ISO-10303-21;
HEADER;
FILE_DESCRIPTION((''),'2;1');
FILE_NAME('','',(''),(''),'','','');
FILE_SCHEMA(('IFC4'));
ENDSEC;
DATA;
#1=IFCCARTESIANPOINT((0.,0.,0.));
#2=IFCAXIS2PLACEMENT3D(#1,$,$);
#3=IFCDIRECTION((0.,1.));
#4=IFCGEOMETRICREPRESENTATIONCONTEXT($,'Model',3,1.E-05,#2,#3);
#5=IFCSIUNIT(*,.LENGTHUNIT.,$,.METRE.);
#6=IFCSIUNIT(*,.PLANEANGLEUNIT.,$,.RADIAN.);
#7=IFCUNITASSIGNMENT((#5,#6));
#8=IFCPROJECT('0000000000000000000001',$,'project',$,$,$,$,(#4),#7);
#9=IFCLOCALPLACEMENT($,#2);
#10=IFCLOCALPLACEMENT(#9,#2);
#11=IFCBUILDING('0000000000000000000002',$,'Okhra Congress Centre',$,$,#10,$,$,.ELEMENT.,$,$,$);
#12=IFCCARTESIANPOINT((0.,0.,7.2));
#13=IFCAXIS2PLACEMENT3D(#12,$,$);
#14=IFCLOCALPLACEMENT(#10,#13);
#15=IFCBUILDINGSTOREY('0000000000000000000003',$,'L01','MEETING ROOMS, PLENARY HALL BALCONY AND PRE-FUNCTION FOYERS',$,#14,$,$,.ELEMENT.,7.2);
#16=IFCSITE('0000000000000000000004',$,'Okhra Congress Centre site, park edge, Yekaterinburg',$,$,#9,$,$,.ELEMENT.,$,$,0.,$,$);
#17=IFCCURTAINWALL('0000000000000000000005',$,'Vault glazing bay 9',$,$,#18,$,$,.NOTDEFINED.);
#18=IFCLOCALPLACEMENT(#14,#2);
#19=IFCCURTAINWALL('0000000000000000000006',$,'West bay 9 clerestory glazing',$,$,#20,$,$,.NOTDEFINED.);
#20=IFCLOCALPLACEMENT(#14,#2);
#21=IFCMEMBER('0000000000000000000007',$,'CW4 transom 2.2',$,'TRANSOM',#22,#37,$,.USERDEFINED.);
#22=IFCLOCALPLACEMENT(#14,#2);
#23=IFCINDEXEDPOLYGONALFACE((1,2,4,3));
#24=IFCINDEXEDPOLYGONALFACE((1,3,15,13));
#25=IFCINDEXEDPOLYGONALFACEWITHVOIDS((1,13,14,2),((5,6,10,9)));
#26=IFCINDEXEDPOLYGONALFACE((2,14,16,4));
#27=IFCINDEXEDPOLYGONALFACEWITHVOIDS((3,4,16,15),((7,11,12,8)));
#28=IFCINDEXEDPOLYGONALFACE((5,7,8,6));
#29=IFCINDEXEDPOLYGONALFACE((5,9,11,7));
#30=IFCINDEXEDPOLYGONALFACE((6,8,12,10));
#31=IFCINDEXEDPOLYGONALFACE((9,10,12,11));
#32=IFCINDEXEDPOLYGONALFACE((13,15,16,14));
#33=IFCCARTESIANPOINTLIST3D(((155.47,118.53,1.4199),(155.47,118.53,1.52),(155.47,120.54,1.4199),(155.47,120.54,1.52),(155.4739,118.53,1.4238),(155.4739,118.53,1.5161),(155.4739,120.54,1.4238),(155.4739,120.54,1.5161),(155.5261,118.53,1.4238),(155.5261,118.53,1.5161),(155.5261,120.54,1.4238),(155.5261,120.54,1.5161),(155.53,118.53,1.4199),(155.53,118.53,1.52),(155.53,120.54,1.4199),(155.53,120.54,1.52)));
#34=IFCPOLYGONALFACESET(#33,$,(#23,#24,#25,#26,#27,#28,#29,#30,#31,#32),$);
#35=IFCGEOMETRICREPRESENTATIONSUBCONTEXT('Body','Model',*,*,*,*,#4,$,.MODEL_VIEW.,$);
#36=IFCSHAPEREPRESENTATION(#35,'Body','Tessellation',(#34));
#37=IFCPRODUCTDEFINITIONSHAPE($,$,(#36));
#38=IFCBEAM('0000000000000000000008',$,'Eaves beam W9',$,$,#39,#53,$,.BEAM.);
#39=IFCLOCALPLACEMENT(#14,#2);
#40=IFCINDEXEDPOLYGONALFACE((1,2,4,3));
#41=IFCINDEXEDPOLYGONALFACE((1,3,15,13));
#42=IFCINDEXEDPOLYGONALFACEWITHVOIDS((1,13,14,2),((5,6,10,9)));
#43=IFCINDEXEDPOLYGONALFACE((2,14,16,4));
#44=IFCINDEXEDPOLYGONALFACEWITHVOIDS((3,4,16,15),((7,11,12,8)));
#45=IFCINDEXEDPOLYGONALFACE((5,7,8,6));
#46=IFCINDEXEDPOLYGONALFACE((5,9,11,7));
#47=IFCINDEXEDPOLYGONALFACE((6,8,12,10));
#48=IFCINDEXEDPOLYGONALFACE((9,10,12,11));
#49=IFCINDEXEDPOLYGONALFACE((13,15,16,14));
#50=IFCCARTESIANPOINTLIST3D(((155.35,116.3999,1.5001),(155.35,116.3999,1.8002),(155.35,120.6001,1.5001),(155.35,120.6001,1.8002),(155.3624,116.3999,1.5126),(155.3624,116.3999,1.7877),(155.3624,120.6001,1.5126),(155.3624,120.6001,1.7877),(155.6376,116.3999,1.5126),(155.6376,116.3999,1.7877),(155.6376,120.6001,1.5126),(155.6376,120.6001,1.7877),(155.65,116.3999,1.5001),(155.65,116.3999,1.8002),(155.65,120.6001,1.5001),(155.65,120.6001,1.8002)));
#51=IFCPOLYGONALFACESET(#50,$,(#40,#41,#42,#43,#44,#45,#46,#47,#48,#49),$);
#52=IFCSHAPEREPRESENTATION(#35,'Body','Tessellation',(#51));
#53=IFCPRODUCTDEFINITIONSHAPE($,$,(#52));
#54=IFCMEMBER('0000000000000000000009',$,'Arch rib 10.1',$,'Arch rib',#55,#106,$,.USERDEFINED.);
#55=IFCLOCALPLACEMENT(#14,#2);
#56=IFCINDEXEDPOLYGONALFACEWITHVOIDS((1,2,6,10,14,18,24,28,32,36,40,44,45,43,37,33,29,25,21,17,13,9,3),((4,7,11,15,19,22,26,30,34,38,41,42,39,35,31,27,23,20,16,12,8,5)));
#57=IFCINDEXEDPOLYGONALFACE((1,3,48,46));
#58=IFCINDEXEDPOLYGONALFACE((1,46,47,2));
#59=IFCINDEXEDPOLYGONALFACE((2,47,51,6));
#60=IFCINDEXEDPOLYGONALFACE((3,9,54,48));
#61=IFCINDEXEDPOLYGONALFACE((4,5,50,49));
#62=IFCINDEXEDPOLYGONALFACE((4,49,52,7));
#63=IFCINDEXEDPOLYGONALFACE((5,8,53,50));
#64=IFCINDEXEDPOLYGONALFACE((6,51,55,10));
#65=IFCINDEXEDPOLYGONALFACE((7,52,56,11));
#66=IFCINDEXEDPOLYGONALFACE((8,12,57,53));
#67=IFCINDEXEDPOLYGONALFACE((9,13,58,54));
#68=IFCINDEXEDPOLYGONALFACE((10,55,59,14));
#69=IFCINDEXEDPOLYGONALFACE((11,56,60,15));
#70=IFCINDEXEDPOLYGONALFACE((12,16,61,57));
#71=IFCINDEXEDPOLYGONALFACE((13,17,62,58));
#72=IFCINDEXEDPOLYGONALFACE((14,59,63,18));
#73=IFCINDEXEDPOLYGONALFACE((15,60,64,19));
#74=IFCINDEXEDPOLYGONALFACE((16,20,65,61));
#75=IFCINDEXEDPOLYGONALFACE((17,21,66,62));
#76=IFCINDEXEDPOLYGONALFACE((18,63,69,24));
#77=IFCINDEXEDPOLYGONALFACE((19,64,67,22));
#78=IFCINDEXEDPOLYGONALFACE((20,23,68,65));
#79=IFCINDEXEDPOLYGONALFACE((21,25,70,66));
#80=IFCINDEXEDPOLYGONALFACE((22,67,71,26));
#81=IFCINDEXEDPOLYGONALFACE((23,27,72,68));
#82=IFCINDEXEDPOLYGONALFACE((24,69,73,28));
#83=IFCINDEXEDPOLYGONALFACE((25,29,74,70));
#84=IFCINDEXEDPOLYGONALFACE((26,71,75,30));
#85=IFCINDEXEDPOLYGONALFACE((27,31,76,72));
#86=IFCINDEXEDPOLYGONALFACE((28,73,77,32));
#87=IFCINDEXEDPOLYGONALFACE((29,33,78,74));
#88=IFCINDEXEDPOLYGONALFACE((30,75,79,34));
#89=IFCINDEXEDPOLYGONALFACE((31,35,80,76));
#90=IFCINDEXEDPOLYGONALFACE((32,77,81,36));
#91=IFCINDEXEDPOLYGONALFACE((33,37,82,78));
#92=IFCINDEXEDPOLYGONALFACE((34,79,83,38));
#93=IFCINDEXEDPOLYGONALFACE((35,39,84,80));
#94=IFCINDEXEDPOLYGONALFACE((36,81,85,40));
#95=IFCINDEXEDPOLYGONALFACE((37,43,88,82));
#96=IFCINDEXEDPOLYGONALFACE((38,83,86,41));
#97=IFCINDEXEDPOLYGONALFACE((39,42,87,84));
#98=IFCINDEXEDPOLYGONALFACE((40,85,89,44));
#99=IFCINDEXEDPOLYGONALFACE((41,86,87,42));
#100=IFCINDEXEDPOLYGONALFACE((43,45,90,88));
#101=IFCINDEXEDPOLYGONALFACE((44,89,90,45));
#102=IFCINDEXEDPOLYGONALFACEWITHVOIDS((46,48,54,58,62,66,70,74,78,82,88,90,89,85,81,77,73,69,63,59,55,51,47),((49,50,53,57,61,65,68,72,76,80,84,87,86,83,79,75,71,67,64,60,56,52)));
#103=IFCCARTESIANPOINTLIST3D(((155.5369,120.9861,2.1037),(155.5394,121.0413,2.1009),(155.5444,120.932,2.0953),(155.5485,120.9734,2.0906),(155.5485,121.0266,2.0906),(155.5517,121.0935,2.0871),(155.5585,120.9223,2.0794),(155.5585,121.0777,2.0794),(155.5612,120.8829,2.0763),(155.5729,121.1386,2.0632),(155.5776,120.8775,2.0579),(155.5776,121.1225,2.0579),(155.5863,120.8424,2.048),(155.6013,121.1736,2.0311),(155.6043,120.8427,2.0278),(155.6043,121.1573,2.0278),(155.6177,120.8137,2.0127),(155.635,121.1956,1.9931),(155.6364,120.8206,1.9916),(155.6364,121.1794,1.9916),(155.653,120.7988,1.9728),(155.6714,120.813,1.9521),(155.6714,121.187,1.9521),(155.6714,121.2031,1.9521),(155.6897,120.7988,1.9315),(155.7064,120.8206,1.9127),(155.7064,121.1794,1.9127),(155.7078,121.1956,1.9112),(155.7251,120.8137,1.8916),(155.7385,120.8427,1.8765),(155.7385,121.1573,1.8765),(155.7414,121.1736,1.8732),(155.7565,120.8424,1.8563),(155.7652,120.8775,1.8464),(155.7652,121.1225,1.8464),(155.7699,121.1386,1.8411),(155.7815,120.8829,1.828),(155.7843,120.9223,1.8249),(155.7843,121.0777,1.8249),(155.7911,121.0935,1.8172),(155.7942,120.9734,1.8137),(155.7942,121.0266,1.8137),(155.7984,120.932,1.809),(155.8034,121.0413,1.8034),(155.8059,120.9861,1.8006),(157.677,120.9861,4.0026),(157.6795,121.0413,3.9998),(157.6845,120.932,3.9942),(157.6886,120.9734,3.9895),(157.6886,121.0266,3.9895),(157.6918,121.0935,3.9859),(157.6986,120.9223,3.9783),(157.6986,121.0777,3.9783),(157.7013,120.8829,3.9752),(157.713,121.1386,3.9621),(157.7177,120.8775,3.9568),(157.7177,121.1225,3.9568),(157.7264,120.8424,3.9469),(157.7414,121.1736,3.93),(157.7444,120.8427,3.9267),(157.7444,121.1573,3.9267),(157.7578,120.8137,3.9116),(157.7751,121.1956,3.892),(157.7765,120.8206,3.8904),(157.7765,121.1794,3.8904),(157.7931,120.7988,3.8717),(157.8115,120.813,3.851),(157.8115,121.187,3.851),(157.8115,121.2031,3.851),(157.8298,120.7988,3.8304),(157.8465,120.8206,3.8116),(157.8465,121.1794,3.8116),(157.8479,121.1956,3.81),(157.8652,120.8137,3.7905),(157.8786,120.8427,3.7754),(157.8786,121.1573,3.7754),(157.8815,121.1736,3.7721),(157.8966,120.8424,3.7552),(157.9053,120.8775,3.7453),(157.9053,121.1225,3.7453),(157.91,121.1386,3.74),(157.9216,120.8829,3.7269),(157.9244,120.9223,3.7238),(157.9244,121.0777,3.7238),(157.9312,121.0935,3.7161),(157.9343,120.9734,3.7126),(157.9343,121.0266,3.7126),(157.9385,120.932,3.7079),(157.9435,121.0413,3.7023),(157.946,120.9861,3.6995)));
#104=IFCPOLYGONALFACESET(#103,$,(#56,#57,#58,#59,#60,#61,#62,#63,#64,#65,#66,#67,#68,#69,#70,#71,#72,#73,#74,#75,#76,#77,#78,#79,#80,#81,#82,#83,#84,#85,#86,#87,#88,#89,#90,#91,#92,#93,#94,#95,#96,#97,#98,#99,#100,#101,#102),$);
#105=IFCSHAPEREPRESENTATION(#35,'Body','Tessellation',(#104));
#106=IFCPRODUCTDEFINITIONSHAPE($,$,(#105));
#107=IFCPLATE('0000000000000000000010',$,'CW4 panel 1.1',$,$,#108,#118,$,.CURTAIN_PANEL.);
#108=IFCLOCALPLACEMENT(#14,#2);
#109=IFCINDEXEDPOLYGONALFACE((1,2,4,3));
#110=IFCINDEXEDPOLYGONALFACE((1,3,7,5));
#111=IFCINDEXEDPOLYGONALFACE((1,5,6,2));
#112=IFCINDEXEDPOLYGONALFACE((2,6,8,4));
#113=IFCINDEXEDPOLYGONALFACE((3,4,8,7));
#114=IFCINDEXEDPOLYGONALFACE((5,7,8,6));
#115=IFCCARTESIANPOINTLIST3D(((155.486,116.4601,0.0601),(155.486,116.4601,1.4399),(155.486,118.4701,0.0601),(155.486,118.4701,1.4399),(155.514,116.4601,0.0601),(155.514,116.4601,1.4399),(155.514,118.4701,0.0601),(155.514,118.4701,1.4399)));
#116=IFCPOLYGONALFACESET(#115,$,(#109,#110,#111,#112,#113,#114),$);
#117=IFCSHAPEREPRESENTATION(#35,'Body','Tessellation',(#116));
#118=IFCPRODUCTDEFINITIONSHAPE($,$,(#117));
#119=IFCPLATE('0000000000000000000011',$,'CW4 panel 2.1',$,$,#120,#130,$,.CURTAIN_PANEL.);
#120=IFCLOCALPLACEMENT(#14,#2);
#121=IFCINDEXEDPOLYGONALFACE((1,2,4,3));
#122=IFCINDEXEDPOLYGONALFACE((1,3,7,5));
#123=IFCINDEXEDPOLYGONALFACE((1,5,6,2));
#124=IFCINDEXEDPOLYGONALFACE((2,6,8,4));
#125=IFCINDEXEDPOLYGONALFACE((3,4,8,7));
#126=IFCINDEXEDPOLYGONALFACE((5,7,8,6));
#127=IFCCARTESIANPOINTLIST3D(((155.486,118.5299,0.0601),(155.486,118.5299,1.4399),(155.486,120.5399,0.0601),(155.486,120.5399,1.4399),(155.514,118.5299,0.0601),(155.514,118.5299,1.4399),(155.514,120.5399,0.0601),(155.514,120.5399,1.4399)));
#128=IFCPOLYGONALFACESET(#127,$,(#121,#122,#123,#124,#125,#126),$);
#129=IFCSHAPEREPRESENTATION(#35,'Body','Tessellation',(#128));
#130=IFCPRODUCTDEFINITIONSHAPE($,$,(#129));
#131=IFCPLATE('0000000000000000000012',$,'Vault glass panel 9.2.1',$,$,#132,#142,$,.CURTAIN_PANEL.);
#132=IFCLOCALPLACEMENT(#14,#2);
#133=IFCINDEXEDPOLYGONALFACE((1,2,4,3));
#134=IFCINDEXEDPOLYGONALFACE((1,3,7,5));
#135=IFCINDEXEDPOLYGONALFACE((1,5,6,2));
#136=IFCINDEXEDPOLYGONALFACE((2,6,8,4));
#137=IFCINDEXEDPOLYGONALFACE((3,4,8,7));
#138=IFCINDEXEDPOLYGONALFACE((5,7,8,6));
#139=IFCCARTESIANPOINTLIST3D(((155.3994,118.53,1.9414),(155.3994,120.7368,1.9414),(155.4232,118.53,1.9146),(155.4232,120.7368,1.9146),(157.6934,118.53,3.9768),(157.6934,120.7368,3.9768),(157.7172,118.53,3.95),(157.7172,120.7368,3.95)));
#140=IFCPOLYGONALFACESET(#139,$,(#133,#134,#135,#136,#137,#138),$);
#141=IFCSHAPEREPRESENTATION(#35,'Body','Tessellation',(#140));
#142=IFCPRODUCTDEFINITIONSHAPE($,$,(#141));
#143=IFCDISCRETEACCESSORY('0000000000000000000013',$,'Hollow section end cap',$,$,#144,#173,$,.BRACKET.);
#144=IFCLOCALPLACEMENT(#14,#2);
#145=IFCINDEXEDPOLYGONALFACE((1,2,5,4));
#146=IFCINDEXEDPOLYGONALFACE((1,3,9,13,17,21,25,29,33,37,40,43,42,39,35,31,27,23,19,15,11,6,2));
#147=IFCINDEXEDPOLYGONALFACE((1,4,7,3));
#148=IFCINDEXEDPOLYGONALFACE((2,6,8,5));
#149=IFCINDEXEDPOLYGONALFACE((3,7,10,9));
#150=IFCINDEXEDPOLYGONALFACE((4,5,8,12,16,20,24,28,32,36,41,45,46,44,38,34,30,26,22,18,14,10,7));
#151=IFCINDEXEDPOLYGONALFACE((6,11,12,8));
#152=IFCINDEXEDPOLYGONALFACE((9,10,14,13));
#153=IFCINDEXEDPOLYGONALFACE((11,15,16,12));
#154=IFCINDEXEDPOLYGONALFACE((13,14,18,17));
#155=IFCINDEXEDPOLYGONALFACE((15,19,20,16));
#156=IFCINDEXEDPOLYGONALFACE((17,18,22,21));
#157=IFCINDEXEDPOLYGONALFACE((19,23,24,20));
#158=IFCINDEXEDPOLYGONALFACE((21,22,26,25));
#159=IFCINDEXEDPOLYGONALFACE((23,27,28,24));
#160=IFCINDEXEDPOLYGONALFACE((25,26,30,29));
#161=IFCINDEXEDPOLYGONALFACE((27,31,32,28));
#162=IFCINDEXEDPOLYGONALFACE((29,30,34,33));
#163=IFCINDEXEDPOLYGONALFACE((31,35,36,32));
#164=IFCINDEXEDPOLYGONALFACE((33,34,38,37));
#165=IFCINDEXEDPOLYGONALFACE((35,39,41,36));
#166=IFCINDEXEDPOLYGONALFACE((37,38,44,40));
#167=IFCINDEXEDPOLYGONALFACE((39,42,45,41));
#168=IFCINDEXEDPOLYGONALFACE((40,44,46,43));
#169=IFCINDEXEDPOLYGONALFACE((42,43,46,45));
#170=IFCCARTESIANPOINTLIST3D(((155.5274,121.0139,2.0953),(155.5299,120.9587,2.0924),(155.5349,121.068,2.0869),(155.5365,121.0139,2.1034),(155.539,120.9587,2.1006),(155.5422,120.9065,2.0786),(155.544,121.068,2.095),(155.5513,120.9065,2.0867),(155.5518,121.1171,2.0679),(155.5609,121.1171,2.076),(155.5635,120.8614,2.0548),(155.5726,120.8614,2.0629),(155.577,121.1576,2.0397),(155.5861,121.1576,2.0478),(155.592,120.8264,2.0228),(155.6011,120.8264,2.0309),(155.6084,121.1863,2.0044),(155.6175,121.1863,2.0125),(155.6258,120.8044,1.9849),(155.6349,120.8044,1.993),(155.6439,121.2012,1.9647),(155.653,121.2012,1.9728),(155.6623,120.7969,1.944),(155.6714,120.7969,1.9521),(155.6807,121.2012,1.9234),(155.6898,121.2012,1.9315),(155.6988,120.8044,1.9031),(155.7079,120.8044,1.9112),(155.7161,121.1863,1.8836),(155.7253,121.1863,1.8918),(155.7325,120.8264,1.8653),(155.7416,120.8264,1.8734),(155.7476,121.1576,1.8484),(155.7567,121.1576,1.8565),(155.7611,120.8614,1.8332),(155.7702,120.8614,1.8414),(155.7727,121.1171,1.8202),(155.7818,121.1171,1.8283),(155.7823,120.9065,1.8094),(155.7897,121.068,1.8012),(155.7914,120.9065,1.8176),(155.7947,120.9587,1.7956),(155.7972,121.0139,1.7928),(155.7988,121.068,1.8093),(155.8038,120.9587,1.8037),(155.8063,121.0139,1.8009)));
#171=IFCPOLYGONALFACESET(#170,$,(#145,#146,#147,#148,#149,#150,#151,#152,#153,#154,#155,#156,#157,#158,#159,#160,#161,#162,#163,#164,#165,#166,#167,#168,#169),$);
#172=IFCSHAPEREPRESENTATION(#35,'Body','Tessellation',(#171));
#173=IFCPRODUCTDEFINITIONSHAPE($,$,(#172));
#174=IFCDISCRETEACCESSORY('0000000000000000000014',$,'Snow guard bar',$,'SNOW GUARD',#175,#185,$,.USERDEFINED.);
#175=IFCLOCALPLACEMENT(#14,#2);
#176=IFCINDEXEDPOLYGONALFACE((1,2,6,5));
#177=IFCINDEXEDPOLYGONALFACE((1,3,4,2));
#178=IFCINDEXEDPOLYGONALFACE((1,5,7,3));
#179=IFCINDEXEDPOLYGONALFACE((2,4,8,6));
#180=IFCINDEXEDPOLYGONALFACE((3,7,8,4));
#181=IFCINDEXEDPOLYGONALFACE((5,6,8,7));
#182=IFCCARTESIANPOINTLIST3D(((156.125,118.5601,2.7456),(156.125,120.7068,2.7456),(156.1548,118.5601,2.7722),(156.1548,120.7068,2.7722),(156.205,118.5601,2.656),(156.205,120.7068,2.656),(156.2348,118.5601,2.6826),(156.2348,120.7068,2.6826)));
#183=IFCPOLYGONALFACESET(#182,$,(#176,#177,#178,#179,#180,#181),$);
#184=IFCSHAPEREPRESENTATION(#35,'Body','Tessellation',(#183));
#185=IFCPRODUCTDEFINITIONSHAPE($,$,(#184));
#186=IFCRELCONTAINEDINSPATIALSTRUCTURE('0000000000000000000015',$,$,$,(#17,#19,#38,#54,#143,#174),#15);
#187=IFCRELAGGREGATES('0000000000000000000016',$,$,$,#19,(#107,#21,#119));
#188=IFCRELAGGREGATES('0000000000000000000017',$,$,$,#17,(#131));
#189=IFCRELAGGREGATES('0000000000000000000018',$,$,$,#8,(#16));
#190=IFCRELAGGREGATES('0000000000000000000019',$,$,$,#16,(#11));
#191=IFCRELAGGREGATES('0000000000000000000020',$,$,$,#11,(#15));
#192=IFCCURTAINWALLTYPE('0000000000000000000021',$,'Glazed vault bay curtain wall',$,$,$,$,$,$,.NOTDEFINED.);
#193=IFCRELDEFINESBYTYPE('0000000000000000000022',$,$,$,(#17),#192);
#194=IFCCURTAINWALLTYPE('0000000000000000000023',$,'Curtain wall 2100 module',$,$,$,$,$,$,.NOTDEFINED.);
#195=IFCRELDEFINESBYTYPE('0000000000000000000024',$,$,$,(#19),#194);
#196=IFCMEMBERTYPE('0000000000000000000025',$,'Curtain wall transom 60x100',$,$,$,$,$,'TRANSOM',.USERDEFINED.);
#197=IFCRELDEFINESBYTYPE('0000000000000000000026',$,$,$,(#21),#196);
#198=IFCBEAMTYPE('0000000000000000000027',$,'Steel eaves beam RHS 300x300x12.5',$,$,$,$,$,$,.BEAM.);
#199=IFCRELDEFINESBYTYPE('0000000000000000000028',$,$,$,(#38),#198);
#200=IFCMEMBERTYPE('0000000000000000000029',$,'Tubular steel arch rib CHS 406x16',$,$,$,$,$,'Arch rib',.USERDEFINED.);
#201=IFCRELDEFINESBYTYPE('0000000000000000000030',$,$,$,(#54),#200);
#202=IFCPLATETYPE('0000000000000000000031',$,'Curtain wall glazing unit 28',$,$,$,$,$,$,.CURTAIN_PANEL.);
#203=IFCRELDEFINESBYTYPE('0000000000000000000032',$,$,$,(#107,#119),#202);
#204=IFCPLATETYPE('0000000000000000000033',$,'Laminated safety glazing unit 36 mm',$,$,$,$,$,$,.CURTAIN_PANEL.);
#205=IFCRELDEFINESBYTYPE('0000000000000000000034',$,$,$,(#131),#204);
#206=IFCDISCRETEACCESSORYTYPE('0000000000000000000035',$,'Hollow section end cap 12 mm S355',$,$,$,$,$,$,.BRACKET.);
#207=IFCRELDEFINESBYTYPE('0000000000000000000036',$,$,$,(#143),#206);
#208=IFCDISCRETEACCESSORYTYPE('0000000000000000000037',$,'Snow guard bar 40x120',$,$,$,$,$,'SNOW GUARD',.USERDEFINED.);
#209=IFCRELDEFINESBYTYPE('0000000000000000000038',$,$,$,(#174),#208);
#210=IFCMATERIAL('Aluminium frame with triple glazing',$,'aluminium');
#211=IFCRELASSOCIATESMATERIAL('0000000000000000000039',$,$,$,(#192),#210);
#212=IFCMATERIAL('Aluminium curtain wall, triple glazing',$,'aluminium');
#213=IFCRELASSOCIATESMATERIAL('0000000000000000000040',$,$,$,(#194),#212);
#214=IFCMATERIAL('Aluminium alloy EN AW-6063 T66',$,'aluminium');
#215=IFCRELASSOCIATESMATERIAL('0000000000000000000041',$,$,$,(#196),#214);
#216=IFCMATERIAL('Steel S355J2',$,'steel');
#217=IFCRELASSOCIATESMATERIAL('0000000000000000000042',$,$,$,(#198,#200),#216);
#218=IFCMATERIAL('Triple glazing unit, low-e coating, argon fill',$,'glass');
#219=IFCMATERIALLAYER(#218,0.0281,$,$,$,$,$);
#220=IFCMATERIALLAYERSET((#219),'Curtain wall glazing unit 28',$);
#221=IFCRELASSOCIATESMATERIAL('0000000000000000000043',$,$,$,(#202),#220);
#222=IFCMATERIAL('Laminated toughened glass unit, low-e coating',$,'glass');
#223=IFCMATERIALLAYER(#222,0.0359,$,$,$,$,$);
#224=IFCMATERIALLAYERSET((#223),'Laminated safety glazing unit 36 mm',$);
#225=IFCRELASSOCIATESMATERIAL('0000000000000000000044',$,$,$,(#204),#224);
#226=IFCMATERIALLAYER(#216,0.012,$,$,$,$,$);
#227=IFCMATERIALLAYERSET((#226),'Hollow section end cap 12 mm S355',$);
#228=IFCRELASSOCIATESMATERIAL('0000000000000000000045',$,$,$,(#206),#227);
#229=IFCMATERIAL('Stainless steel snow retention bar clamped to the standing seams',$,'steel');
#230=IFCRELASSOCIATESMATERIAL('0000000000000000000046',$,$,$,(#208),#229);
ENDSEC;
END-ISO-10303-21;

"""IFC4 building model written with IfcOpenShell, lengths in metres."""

from ifc_helpers import new_model, si_unit, direction, frame, origin, origin_2d, place, context, subcontext, project, spatial, polyline, rectangle, hollow_rectangle, circle, hollow_circle, outline, extrude, material, layer, layer_set, material_profile, profile_set, type_object, element, aggregate, save


model = new_model("IFC4")

# Units and contexts
model_context = context("Model", 3, precision=1e-05, world=origin(), true_north=direction((0.0, 1.0)))
body_context = subcontext(model_context, "Body", "Model", "MODEL_VIEW")
ifc_project = project(units=[si_unit("LENGTHUNIT", "METRE"), si_unit("PLANEANGLEUNIT", "RADIAN")], contexts=[model_context])

# Site, building, storey
site_placement = place(None, origin())
site = spatial("IfcSite", under=ifc_project, at=site_placement, Name="Okhra Congress Centre site, park edge, Yekaterinburg", CompositionType="ELEMENT", RefElevation=0.0)
building_placement = place(site_placement, origin())
building = spatial("IfcBuilding", under=site, at=building_placement, Name="Okhra Congress Centre", CompositionType="ELEMENT")
storey_placement = place(building_placement, frame((0.0, 0.0, 7.2)))
storey = spatial("IfcBuildingStorey", under=building, at=storey_placement, Name="L01", Description="MEETING ROOMS, PLENARY HALL BALCONY AND PRE-FUNCTION FOYERS", CompositionType="ELEMENT", Elevation=7.2)

# Curtain wall
ifc_material_1 = material(Name="Aluminium frame with triple glazing", Category="aluminium")
curtain_wall_type_1 = type_object("IfcCurtainWallType", Name="Glazed vault bay curtain wall", PredefinedType="NOTDEFINED", material=ifc_material_1)
curtain_wall_1_placement = place(storey_placement, origin())
curtain_wall_1 = element("IfcCurtainWall", 1, at=curtain_wall_1_placement, inside=storey, type_object=curtain_wall_type_1, Name="Vault glazing bay 9", PredefinedType="NOTDEFINED")

# Curtain wall, member
ifc_material_2 = material(Name="Aluminium curtain wall, triple glazing", Category="aluminium")
curtain_wall_type_2 = type_object("IfcCurtainWallType", Name="Curtain wall 2100 module", PredefinedType="NOTDEFINED", material=ifc_material_2)
curtain_wall_2_placement = place(storey_placement, origin())
curtain_wall_2 = element("IfcCurtainWall", 2, at=curtain_wall_2_placement, inside=storey, type_object=curtain_wall_type_2, Name="West bay 9 clerestory glazing", PredefinedType="NOTDEFINED")
ifc_material_3 = material(Name="Aluminium alloy EN AW-6063 T66", Category="aluminium")
ifc_material_profile_1 = material_profile(ifc_material_3, hollow_rectangle(XDim=0.0601, YDim=0.1001, WallThickness=0.0039, at=origin_2d()), Name="RHS 60x100x4")
ifc_profile_set_1 = profile_set([ifc_material_profile_1], Name="Aluminium alloy EN AW-6063 T66")
member_type_1 = type_object("IfcMemberType", Name="Curtain wall transom 60x100", ElementType="TRANSOM", PredefinedType="USERDEFINED", material=ifc_profile_set_1)
member_1_placement = place(storey_placement, frame((155.5, 118.53, 1.47), z_axis=(0.0, 1.0, 0.0), x_axis=(-1.0, 0.0, 0.0)))
member_1 = element("IfcMember", 3, at=member_1_placement, type_object=member_type_1, Name="CW4 transom 2.2", ObjectType="TRANSOM", PredefinedType="USERDEFINED", context=body_context, shape_type="SweptSolid", body=[
    extrude(hollow_rectangle(XDim=0.0601, YDim=0.1001, WallThickness=0.0039, at=origin_2d()), origin(), (0.0, 0.0, 1.0), 2.01),
])

# Beam
ifc_material_4 = material(Name="Steel S355J2", Category="steel")
ifc_material_profile_2 = material_profile(ifc_material_4, hollow_rectangle(XDim=0.3, YDim=0.3, WallThickness=0.0125, at=origin_2d()), Name="RHS 300x300x12.5")
ifc_profile_set_2 = profile_set([ifc_material_profile_2], Name="Steel S355J2")
beam_type = type_object("IfcBeamType", Name="Steel eaves beam RHS 300x300x12.5", PredefinedType="BEAM", material=ifc_profile_set_2)
beam_placement = place(storey_placement, frame((155.5, 116.3999, 1.6501), z_axis=(0.0, 1.0, 0.0), x_axis=(-1.0, 0.0, 0.0)))
element("IfcBeam", 4, at=beam_placement, inside=storey, type_object=beam_type, Name="Eaves beam W9", PredefinedType="BEAM", context=body_context, shape_type="SweptSolid", body=[
    extrude(hollow_rectangle(XDim=0.3, YDim=0.3, WallThickness=0.0125, at=origin_2d()), origin(), (0.0, 0.0, 1.0), 4.2002),
])

# Member
ifc_material_profile_3 = material_profile(ifc_material_4, hollow_circle(Radius=0.2031, WallThickness=0.0161, at=origin_2d()), Name="CHS 406.4x16")
ifc_profile_set_3 = profile_set([ifc_material_profile_3], Name="Steel S355J2")
member_type_2 = type_object("IfcMemberType", Name="Tubular steel arch rib CHS 406x16", ElementType="Arch rib", PredefinedType="USERDEFINED", material=ifc_profile_set_3)
member_2_placement = place(storey_placement, frame((155.6714, 121.0, 1.9521), z_axis=(0.748002, 0.0, 0.663696), x_axis=(0.0, 1.0, 0.0)))
element("IfcMember", 5, at=member_2_placement, inside=storey, type_object=member_type_2, Name="Arch rib 10.1", ObjectType="Arch rib", PredefinedType="USERDEFINED", context=body_context, shape_type="SweptSolid", body=[
    extrude(hollow_circle(Radius=0.2031, WallThickness=0.0161, at=origin_2d()), origin(), (0.0, 0.0, 1.0), 2.8611),
])

# Plates
ifc_material_5 = material(Name="Triple glazing unit, low-e coating, argon fill", Category="glass")
ifc_layer_1 = layer(ifc_material_5, 0.0281)
ifc_layer_set_1 = layer_set([ifc_layer_1], Name="Curtain wall glazing unit 28")
plate_type_1 = type_object("IfcPlateType", Name="Curtain wall glazing unit 28", PredefinedType="CURTAIN_PANEL", material=ifc_layer_set_1)
plate_1_placement = place(storey_placement, frame((155.5, 117.4651, 0.0601), z_axis=(0.0, 0.0, 1.0), x_axis=(0.0, 1.0, 0.0)))
plate_1 = element("IfcPlate", 6, at=plate_1_placement, type_object=plate_type_1, Name="CW4 panel 1.1", PredefinedType="CURTAIN_PANEL", context=body_context, shape_type="SweptSolid", body=[
    extrude(rectangle(XDim=2.01, YDim=0.0281, at=origin_2d()), origin(), (0.0, 0.0, 1.0), 1.3799),
])
plate_2_placement = place(storey_placement, frame((155.5, 119.5349, 0.0601), z_axis=(0.0, 0.0, 1.0), x_axis=(0.0, 1.0, 0.0)))
plate_2 = element("IfcPlate", 7, at=plate_2_placement, type_object=plate_type_1, Name="CW4 panel 2.1", PredefinedType="CURTAIN_PANEL", context=body_context, shape_type="SweptSolid", body=[
    extrude(rectangle(XDim=2.01, YDim=0.0281, at=origin_2d()), origin(), (0.0, 0.0, 1.0), 1.3799),
])
aggregate(curtain_wall_2, [plate_1, member_1, plate_2])
ifc_material_6 = material(Name="Laminated toughened glass unit, low-e coating", Category="glass")
ifc_layer_2 = layer(ifc_material_6, 0.0359)
ifc_layer_set_2 = layer_set([ifc_layer_2], Name="Laminated safety glazing unit 36 mm")
plate_type_2 = type_object("IfcPlateType", Name="Laminated safety glazing unit 36 mm", PredefinedType="CURTAIN_PANEL", material=ifc_layer_set_2)
plate_3_placement = place(storey_placement, frame((155.3994, 118.53, 1.9414), z_axis=(-0.663697, 0.0, 0.748002), x_axis=(0.748002, 0.0, 0.663697)))
plate_3 = element("IfcPlate", 8, at=plate_3_placement, type_object=plate_type_2, Name="Vault glass panel 9.2.1", PredefinedType="CURTAIN_PANEL", context=body_context, shape_type="SweptSolid", body=[
    extrude(outline(polyline([(0.0, 0.0), (3.0668, 0.0), (3.0668, 2.2068), (0.0, 2.2068), (0.0, 0.0)])), origin(), (0.0, 0.0, -1.0), 0.0359),
])
aggregate(curtain_wall_1, [plate_3])

# Discrete accessories
ifc_layer_3 = layer(ifc_material_4, 0.012)
ifc_layer_set_3 = layer_set([ifc_layer_3], Name="Hollow section end cap 12 mm S355")
discrete_accessory_type_1 = type_object("IfcDiscreteAccessoryType", Name="Hollow section end cap 12 mm S355", PredefinedType="BRACKET", material=ifc_layer_set_3)
discrete_accessory_1_placement = place(storey_placement, frame((155.6714, 121.0, 1.9521), z_axis=(-0.746295, 0.0, -0.665615), x_axis=(0.0, -1.0, 0.0)))
element("IfcDiscreteAccessory", 9, at=discrete_accessory_1_placement, inside=storey, type_object=discrete_accessory_type_1, Name="Hollow section end cap", PredefinedType="BRACKET", context=body_context, shape_type="SweptSolid", body=[
    extrude(circle(Radius=0.2031, at=origin_2d()), origin(), (0.0, 0.0, 1.0), 0.0122),
])
ifc_material_7 = material(Name="Stainless steel snow retention bar clamped to the standing seams", Category="steel")
discrete_accessory_type_2 = type_object("IfcDiscreteAccessoryType", Name="Snow guard bar 40x120", ElementType="SNOW GUARD", PredefinedType="USERDEFINED", material=ifc_material_7)
discrete_accessory_2_placement = place(storey_placement, frame((156.125, 118.5601, 2.7456), z_axis=(-0.666259, 0.0, 0.745721), x_axis=(0.745721, 0.0, 0.666259)))
element("IfcDiscreteAccessory", 10, at=discrete_accessory_2_placement, inside=storey, type_object=discrete_accessory_type_2, Name="Snow guard bar", ObjectType="SNOW GUARD", PredefinedType="USERDEFINED", context=body_context, shape_type="SweptSolid", body=[
    extrude(outline(polyline([(0.0, 0.0), (0.0399, 0.0), (0.0399, 2.1467), (0.0, 2.1467), (0.0, 0.0)])), origin(), (0.0, 0.0, -1.0), 0.1201),
])

save(model, "model.ifc")
